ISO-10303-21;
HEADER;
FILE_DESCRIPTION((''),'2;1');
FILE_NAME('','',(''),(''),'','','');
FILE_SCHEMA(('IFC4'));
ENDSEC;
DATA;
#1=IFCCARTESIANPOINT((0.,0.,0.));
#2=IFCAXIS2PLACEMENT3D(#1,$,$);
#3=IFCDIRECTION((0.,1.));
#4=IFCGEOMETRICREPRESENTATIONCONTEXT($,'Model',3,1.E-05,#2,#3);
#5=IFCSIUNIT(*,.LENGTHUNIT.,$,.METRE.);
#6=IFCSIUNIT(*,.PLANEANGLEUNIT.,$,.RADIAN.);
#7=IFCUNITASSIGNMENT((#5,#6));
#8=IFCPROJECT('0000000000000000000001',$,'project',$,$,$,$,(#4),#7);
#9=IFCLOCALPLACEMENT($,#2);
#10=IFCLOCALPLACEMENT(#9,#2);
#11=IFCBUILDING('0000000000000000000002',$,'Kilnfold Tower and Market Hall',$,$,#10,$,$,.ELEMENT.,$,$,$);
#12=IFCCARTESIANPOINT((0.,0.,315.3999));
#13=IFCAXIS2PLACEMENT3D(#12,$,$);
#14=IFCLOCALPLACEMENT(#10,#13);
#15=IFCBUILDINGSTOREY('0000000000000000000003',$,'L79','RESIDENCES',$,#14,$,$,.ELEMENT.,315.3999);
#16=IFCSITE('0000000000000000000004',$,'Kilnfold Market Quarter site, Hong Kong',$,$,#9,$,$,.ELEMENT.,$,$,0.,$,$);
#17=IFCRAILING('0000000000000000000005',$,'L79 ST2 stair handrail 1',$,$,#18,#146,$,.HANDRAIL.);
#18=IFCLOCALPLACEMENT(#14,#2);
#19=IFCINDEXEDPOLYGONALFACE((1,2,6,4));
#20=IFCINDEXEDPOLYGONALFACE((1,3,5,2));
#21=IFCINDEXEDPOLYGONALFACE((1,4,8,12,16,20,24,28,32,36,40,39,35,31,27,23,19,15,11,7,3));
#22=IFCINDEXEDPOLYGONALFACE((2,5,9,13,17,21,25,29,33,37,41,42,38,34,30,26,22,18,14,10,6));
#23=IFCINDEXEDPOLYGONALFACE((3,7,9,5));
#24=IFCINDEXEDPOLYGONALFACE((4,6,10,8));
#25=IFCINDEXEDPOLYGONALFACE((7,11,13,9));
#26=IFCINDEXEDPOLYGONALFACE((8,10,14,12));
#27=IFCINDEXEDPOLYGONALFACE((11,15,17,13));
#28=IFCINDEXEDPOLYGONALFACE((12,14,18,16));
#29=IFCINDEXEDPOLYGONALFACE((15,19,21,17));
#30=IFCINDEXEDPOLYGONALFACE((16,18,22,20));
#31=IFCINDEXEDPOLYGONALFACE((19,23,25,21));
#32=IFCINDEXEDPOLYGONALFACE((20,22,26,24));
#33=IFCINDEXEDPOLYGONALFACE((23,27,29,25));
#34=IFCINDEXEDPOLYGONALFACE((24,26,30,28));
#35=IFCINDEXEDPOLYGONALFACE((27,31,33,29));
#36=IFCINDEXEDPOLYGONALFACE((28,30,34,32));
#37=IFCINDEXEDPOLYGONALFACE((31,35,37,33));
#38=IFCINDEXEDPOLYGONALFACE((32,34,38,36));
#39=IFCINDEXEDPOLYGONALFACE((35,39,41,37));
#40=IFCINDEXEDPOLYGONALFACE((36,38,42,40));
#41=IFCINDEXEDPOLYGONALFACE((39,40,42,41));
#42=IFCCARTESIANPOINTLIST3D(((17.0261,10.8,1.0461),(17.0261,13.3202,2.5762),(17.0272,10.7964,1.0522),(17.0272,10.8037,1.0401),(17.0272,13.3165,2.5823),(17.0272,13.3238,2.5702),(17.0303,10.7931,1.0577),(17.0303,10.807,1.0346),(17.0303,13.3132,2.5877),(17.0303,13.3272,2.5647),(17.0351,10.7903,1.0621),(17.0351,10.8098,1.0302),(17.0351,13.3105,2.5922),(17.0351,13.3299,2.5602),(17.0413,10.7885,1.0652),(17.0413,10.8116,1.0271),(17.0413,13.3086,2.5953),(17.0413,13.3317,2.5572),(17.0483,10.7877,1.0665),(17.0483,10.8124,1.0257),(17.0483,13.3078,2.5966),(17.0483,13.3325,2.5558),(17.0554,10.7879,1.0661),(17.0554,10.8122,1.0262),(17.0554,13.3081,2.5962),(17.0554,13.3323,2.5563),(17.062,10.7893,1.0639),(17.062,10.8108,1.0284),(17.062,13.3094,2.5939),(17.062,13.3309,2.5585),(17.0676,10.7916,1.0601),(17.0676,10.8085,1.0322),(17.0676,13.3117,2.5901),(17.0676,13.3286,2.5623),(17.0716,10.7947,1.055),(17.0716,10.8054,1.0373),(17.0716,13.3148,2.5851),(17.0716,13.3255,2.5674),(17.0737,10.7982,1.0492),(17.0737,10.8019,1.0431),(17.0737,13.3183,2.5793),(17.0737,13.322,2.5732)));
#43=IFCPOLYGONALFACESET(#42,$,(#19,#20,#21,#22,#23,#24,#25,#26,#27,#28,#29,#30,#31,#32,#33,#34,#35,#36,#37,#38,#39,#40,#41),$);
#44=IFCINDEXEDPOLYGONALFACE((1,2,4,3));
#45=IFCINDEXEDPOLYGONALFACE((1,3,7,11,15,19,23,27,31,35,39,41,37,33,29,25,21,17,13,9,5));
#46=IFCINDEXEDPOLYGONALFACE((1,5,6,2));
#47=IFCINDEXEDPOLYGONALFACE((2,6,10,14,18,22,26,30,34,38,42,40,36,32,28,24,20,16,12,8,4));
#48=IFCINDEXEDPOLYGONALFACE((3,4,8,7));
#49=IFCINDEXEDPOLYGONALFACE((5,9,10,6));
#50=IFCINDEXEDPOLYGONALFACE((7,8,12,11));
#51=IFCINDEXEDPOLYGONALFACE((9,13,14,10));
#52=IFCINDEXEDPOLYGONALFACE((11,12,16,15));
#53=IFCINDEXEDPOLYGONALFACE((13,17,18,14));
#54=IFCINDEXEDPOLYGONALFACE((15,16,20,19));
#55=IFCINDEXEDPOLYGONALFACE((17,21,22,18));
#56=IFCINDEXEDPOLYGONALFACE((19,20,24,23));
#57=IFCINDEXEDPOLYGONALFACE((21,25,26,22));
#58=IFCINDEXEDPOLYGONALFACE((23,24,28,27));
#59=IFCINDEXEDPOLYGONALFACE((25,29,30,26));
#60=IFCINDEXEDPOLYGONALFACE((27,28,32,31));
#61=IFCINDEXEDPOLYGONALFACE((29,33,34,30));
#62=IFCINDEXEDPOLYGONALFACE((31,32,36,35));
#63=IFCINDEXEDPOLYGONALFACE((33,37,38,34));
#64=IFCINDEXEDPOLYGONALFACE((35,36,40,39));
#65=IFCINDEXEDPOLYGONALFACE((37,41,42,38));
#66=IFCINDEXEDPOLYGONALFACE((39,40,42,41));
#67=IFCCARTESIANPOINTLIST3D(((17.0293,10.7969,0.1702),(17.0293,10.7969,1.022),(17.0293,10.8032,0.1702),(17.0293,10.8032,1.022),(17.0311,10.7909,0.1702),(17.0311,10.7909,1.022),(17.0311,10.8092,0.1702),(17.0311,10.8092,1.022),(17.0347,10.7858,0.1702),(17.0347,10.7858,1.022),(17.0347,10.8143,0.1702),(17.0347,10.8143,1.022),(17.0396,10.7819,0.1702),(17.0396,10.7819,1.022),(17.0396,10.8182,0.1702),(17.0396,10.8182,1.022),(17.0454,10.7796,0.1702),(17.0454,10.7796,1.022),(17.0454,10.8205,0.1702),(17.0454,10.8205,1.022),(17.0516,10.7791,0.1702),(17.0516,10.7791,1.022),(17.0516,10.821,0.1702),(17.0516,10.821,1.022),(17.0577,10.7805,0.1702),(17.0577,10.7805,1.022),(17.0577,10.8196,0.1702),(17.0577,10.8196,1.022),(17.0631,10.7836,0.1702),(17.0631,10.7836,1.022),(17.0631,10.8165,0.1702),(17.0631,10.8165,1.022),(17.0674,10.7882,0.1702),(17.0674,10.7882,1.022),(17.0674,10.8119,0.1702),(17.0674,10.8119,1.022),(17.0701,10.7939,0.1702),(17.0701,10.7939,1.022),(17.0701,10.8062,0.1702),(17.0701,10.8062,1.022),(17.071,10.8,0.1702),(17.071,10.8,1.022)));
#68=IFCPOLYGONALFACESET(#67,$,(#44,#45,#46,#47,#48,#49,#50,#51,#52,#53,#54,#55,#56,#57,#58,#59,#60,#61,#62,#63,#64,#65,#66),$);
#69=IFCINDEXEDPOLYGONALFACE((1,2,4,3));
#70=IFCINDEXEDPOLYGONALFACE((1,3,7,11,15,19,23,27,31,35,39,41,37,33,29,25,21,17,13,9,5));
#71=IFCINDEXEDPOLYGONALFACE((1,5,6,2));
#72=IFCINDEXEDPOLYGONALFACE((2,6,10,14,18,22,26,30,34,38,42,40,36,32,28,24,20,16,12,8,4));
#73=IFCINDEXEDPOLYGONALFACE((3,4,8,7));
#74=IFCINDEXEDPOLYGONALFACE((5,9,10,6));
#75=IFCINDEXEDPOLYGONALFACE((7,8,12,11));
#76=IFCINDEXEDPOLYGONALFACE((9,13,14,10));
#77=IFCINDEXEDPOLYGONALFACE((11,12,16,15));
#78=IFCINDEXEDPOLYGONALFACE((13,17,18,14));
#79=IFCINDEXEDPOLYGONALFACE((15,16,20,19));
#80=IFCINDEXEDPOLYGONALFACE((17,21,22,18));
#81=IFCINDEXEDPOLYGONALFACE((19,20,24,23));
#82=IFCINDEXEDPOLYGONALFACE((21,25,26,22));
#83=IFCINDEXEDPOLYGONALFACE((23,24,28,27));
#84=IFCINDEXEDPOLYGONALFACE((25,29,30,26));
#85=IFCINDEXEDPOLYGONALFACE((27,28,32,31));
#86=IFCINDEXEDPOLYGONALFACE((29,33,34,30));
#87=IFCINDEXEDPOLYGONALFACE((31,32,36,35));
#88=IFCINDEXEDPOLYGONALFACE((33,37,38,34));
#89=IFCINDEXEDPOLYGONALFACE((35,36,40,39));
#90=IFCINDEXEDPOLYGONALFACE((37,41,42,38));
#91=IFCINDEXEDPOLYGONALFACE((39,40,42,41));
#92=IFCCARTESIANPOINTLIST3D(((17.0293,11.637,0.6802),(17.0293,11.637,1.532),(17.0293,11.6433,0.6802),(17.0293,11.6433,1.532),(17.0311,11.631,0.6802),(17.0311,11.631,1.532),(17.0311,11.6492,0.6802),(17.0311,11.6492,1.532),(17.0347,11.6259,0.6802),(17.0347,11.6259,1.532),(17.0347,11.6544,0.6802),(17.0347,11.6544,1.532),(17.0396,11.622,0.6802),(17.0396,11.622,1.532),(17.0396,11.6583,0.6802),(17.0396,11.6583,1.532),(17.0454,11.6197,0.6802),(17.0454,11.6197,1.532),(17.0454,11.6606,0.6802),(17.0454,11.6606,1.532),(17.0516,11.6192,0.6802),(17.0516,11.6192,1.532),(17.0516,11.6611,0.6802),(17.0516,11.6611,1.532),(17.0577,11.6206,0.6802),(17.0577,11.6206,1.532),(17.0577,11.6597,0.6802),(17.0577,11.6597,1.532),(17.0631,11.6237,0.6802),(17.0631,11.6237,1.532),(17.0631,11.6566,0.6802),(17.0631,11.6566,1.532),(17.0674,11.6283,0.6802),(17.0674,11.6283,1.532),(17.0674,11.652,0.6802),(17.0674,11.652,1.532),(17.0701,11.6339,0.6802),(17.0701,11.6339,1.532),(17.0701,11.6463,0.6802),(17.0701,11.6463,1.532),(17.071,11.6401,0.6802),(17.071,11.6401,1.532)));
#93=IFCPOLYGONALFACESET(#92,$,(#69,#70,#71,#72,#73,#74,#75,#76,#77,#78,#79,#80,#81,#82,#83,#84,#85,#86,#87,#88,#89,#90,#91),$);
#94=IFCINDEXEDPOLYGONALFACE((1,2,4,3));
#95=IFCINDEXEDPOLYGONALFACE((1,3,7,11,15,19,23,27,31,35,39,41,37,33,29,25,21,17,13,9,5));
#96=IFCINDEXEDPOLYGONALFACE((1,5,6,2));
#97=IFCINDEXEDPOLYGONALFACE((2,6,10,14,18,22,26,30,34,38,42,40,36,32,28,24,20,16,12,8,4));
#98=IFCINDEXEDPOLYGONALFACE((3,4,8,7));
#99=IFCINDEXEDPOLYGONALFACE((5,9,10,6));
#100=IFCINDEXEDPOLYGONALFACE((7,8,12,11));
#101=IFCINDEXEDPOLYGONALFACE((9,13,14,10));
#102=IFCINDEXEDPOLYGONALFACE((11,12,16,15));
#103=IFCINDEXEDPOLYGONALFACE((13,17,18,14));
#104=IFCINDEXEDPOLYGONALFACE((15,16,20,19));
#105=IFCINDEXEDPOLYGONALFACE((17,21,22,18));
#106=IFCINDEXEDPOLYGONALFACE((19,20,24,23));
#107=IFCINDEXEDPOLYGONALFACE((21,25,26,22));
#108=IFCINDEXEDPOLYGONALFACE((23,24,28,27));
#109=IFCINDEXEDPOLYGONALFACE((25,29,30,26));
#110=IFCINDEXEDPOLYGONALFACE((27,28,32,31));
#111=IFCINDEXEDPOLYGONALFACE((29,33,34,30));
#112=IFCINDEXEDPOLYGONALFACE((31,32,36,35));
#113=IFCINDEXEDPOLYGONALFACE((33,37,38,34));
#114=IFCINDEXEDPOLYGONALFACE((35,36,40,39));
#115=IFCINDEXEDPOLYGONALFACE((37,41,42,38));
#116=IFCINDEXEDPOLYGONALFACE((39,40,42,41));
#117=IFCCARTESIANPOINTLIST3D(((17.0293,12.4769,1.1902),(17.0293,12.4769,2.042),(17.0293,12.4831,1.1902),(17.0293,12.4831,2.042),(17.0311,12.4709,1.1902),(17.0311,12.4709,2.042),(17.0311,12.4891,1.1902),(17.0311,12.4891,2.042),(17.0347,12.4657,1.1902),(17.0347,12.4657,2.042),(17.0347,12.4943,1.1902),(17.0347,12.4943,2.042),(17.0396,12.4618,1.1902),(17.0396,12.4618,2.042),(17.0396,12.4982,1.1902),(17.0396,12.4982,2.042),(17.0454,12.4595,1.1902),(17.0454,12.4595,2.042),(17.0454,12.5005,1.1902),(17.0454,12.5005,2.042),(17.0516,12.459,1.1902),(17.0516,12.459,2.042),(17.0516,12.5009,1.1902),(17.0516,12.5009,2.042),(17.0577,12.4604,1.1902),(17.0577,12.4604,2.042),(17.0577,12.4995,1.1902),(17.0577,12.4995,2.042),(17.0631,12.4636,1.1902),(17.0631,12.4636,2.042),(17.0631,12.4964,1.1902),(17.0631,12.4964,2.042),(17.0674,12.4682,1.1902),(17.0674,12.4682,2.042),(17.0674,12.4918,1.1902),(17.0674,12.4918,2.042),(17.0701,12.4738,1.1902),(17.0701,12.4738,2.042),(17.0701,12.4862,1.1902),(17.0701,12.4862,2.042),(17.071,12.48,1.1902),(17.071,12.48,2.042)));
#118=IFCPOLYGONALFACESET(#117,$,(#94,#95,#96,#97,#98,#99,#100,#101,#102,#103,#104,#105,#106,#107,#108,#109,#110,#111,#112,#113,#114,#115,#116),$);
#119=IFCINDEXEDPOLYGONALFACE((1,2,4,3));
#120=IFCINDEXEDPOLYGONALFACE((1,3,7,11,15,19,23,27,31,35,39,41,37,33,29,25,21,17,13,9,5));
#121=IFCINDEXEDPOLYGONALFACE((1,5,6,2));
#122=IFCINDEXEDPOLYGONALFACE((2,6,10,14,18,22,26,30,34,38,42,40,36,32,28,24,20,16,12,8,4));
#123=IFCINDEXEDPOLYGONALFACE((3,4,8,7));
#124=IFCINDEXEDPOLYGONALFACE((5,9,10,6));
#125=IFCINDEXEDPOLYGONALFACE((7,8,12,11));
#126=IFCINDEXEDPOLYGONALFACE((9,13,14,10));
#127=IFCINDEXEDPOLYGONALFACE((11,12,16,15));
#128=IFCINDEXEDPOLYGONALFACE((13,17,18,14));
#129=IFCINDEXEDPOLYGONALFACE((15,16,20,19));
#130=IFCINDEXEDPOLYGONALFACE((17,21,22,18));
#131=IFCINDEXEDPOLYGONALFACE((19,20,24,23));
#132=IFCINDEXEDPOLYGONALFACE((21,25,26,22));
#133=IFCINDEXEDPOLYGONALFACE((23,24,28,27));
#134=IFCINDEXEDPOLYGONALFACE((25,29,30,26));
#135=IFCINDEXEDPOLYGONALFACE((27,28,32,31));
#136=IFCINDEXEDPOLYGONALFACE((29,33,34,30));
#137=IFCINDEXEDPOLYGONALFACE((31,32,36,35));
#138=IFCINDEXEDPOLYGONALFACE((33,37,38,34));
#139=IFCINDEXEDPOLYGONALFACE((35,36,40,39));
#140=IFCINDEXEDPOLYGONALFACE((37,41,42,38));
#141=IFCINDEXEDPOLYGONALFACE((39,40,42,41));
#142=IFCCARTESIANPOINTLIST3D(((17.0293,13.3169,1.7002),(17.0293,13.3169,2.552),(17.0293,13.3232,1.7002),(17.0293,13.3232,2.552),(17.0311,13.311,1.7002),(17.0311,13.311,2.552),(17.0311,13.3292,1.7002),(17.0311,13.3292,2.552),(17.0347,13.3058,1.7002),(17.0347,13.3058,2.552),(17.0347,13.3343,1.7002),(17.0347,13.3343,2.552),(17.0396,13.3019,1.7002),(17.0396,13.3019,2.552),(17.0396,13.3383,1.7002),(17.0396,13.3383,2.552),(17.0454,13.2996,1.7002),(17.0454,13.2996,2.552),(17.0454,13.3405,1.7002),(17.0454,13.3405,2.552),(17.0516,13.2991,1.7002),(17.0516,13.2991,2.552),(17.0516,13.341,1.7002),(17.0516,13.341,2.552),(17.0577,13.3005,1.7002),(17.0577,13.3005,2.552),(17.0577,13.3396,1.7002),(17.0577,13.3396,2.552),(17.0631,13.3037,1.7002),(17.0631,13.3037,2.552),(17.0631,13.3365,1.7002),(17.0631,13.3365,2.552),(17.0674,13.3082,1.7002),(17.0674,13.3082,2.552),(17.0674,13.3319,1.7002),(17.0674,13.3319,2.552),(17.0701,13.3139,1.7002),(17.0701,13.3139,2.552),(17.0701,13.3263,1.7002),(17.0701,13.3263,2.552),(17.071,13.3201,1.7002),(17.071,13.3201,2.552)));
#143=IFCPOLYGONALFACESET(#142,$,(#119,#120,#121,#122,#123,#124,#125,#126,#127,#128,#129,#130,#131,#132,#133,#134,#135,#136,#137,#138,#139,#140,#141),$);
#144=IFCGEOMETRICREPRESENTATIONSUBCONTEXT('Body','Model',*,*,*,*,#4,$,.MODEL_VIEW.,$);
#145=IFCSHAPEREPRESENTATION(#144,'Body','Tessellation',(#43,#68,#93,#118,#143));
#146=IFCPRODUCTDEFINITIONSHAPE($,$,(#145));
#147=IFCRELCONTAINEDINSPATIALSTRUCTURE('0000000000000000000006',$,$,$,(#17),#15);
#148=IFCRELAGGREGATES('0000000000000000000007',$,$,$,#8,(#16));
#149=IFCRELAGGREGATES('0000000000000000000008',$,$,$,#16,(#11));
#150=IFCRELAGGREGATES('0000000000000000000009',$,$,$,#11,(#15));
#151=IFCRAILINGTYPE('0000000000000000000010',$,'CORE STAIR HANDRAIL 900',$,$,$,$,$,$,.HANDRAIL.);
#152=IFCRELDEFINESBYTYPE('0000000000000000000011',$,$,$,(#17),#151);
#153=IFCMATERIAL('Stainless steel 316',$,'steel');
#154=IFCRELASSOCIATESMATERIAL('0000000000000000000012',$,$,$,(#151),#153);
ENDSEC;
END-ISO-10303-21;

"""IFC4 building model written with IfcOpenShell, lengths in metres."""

from ifc_helpers import new_model, si_unit, direction, frame, origin, origin_2d, place, context, subcontext, project, spatial, circle, extrude, material, type_object, element, save


model = new_model("IFC4")

# Units and contexts
model_context = context("Model", 3, precision=1e-05, world=origin(), true_north=direction((0.0, 1.0)))
body_context = subcontext(model_context, "Body", "Model", "MODEL_VIEW")
ifc_project = project(units=[si_unit("LENGTHUNIT", "METRE"), si_unit("PLANEANGLEUNIT", "RADIAN")], contexts=[model_context])

# Site, building, storey
site_placement = place(None, origin())
site = spatial("IfcSite", under=ifc_project, at=site_placement, Name="Kilnfold Market Quarter site, Hong Kong", CompositionType="ELEMENT", RefElevation=0.0)
building_placement = place(site_placement, origin())
building = spatial("IfcBuilding", under=site, at=building_placement, Name="Kilnfold Tower and Market Hall", CompositionType="ELEMENT")
storey_placement = place(building_placement, frame((0.0, 0.0, 315.3999)))
storey = spatial("IfcBuildingStorey", under=building, at=storey_placement, Name="L79", Description="RESIDENCES", CompositionType="ELEMENT", Elevation=315.3999)

# Railing
ifc_material_1 = material(Name="Stainless steel 316", Category="steel")
railing_type_1 = type_object("IfcRailingType", Name="CORE STAIR HANDRAIL 900", PredefinedType="HANDRAIL", material=ifc_material_1)
railing_1_placement = place(storey_placement, frame((17.05, 10.8, 0.1702)))
element("IfcRailing", 1, at=railing_1_placement, inside=storey, type_object=railing_type_1, Name="L79 ST2 stair handrail 1", PredefinedType="HANDRAIL", context=body_context, shape_type="SweptSolid", body=[
    extrude(circle(Radius=0.0239, at=origin_2d()), frame((0.0, 0.0, 0.876), z_axis=(0.0, 0.854785, 0.518982), x_axis=(-1.0, 0.0, 0.0)), (0.0, 0.0, 1.0), 2.9482),
    extrude(circle(Radius=0.021, at=origin_2d()), origin(), (0.0, 0.0, 1.0), 0.8518),
    extrude(circle(Radius=0.021, at=origin_2d()), frame((0.0, 0.8401, 0.51)), (0.0, 0.0, 1.0), 0.8518),
    extrude(circle(Radius=0.021, at=origin_2d()), frame((0.0, 1.6799, 1.02)), (0.0, 0.0, 1.0), 0.8518),
    extrude(circle(Radius=0.021, at=origin_2d()), frame((0.0, 2.52, 1.53)), (0.0, 0.0, 1.0), 0.8518),
])

save(model, "model.ifc")
